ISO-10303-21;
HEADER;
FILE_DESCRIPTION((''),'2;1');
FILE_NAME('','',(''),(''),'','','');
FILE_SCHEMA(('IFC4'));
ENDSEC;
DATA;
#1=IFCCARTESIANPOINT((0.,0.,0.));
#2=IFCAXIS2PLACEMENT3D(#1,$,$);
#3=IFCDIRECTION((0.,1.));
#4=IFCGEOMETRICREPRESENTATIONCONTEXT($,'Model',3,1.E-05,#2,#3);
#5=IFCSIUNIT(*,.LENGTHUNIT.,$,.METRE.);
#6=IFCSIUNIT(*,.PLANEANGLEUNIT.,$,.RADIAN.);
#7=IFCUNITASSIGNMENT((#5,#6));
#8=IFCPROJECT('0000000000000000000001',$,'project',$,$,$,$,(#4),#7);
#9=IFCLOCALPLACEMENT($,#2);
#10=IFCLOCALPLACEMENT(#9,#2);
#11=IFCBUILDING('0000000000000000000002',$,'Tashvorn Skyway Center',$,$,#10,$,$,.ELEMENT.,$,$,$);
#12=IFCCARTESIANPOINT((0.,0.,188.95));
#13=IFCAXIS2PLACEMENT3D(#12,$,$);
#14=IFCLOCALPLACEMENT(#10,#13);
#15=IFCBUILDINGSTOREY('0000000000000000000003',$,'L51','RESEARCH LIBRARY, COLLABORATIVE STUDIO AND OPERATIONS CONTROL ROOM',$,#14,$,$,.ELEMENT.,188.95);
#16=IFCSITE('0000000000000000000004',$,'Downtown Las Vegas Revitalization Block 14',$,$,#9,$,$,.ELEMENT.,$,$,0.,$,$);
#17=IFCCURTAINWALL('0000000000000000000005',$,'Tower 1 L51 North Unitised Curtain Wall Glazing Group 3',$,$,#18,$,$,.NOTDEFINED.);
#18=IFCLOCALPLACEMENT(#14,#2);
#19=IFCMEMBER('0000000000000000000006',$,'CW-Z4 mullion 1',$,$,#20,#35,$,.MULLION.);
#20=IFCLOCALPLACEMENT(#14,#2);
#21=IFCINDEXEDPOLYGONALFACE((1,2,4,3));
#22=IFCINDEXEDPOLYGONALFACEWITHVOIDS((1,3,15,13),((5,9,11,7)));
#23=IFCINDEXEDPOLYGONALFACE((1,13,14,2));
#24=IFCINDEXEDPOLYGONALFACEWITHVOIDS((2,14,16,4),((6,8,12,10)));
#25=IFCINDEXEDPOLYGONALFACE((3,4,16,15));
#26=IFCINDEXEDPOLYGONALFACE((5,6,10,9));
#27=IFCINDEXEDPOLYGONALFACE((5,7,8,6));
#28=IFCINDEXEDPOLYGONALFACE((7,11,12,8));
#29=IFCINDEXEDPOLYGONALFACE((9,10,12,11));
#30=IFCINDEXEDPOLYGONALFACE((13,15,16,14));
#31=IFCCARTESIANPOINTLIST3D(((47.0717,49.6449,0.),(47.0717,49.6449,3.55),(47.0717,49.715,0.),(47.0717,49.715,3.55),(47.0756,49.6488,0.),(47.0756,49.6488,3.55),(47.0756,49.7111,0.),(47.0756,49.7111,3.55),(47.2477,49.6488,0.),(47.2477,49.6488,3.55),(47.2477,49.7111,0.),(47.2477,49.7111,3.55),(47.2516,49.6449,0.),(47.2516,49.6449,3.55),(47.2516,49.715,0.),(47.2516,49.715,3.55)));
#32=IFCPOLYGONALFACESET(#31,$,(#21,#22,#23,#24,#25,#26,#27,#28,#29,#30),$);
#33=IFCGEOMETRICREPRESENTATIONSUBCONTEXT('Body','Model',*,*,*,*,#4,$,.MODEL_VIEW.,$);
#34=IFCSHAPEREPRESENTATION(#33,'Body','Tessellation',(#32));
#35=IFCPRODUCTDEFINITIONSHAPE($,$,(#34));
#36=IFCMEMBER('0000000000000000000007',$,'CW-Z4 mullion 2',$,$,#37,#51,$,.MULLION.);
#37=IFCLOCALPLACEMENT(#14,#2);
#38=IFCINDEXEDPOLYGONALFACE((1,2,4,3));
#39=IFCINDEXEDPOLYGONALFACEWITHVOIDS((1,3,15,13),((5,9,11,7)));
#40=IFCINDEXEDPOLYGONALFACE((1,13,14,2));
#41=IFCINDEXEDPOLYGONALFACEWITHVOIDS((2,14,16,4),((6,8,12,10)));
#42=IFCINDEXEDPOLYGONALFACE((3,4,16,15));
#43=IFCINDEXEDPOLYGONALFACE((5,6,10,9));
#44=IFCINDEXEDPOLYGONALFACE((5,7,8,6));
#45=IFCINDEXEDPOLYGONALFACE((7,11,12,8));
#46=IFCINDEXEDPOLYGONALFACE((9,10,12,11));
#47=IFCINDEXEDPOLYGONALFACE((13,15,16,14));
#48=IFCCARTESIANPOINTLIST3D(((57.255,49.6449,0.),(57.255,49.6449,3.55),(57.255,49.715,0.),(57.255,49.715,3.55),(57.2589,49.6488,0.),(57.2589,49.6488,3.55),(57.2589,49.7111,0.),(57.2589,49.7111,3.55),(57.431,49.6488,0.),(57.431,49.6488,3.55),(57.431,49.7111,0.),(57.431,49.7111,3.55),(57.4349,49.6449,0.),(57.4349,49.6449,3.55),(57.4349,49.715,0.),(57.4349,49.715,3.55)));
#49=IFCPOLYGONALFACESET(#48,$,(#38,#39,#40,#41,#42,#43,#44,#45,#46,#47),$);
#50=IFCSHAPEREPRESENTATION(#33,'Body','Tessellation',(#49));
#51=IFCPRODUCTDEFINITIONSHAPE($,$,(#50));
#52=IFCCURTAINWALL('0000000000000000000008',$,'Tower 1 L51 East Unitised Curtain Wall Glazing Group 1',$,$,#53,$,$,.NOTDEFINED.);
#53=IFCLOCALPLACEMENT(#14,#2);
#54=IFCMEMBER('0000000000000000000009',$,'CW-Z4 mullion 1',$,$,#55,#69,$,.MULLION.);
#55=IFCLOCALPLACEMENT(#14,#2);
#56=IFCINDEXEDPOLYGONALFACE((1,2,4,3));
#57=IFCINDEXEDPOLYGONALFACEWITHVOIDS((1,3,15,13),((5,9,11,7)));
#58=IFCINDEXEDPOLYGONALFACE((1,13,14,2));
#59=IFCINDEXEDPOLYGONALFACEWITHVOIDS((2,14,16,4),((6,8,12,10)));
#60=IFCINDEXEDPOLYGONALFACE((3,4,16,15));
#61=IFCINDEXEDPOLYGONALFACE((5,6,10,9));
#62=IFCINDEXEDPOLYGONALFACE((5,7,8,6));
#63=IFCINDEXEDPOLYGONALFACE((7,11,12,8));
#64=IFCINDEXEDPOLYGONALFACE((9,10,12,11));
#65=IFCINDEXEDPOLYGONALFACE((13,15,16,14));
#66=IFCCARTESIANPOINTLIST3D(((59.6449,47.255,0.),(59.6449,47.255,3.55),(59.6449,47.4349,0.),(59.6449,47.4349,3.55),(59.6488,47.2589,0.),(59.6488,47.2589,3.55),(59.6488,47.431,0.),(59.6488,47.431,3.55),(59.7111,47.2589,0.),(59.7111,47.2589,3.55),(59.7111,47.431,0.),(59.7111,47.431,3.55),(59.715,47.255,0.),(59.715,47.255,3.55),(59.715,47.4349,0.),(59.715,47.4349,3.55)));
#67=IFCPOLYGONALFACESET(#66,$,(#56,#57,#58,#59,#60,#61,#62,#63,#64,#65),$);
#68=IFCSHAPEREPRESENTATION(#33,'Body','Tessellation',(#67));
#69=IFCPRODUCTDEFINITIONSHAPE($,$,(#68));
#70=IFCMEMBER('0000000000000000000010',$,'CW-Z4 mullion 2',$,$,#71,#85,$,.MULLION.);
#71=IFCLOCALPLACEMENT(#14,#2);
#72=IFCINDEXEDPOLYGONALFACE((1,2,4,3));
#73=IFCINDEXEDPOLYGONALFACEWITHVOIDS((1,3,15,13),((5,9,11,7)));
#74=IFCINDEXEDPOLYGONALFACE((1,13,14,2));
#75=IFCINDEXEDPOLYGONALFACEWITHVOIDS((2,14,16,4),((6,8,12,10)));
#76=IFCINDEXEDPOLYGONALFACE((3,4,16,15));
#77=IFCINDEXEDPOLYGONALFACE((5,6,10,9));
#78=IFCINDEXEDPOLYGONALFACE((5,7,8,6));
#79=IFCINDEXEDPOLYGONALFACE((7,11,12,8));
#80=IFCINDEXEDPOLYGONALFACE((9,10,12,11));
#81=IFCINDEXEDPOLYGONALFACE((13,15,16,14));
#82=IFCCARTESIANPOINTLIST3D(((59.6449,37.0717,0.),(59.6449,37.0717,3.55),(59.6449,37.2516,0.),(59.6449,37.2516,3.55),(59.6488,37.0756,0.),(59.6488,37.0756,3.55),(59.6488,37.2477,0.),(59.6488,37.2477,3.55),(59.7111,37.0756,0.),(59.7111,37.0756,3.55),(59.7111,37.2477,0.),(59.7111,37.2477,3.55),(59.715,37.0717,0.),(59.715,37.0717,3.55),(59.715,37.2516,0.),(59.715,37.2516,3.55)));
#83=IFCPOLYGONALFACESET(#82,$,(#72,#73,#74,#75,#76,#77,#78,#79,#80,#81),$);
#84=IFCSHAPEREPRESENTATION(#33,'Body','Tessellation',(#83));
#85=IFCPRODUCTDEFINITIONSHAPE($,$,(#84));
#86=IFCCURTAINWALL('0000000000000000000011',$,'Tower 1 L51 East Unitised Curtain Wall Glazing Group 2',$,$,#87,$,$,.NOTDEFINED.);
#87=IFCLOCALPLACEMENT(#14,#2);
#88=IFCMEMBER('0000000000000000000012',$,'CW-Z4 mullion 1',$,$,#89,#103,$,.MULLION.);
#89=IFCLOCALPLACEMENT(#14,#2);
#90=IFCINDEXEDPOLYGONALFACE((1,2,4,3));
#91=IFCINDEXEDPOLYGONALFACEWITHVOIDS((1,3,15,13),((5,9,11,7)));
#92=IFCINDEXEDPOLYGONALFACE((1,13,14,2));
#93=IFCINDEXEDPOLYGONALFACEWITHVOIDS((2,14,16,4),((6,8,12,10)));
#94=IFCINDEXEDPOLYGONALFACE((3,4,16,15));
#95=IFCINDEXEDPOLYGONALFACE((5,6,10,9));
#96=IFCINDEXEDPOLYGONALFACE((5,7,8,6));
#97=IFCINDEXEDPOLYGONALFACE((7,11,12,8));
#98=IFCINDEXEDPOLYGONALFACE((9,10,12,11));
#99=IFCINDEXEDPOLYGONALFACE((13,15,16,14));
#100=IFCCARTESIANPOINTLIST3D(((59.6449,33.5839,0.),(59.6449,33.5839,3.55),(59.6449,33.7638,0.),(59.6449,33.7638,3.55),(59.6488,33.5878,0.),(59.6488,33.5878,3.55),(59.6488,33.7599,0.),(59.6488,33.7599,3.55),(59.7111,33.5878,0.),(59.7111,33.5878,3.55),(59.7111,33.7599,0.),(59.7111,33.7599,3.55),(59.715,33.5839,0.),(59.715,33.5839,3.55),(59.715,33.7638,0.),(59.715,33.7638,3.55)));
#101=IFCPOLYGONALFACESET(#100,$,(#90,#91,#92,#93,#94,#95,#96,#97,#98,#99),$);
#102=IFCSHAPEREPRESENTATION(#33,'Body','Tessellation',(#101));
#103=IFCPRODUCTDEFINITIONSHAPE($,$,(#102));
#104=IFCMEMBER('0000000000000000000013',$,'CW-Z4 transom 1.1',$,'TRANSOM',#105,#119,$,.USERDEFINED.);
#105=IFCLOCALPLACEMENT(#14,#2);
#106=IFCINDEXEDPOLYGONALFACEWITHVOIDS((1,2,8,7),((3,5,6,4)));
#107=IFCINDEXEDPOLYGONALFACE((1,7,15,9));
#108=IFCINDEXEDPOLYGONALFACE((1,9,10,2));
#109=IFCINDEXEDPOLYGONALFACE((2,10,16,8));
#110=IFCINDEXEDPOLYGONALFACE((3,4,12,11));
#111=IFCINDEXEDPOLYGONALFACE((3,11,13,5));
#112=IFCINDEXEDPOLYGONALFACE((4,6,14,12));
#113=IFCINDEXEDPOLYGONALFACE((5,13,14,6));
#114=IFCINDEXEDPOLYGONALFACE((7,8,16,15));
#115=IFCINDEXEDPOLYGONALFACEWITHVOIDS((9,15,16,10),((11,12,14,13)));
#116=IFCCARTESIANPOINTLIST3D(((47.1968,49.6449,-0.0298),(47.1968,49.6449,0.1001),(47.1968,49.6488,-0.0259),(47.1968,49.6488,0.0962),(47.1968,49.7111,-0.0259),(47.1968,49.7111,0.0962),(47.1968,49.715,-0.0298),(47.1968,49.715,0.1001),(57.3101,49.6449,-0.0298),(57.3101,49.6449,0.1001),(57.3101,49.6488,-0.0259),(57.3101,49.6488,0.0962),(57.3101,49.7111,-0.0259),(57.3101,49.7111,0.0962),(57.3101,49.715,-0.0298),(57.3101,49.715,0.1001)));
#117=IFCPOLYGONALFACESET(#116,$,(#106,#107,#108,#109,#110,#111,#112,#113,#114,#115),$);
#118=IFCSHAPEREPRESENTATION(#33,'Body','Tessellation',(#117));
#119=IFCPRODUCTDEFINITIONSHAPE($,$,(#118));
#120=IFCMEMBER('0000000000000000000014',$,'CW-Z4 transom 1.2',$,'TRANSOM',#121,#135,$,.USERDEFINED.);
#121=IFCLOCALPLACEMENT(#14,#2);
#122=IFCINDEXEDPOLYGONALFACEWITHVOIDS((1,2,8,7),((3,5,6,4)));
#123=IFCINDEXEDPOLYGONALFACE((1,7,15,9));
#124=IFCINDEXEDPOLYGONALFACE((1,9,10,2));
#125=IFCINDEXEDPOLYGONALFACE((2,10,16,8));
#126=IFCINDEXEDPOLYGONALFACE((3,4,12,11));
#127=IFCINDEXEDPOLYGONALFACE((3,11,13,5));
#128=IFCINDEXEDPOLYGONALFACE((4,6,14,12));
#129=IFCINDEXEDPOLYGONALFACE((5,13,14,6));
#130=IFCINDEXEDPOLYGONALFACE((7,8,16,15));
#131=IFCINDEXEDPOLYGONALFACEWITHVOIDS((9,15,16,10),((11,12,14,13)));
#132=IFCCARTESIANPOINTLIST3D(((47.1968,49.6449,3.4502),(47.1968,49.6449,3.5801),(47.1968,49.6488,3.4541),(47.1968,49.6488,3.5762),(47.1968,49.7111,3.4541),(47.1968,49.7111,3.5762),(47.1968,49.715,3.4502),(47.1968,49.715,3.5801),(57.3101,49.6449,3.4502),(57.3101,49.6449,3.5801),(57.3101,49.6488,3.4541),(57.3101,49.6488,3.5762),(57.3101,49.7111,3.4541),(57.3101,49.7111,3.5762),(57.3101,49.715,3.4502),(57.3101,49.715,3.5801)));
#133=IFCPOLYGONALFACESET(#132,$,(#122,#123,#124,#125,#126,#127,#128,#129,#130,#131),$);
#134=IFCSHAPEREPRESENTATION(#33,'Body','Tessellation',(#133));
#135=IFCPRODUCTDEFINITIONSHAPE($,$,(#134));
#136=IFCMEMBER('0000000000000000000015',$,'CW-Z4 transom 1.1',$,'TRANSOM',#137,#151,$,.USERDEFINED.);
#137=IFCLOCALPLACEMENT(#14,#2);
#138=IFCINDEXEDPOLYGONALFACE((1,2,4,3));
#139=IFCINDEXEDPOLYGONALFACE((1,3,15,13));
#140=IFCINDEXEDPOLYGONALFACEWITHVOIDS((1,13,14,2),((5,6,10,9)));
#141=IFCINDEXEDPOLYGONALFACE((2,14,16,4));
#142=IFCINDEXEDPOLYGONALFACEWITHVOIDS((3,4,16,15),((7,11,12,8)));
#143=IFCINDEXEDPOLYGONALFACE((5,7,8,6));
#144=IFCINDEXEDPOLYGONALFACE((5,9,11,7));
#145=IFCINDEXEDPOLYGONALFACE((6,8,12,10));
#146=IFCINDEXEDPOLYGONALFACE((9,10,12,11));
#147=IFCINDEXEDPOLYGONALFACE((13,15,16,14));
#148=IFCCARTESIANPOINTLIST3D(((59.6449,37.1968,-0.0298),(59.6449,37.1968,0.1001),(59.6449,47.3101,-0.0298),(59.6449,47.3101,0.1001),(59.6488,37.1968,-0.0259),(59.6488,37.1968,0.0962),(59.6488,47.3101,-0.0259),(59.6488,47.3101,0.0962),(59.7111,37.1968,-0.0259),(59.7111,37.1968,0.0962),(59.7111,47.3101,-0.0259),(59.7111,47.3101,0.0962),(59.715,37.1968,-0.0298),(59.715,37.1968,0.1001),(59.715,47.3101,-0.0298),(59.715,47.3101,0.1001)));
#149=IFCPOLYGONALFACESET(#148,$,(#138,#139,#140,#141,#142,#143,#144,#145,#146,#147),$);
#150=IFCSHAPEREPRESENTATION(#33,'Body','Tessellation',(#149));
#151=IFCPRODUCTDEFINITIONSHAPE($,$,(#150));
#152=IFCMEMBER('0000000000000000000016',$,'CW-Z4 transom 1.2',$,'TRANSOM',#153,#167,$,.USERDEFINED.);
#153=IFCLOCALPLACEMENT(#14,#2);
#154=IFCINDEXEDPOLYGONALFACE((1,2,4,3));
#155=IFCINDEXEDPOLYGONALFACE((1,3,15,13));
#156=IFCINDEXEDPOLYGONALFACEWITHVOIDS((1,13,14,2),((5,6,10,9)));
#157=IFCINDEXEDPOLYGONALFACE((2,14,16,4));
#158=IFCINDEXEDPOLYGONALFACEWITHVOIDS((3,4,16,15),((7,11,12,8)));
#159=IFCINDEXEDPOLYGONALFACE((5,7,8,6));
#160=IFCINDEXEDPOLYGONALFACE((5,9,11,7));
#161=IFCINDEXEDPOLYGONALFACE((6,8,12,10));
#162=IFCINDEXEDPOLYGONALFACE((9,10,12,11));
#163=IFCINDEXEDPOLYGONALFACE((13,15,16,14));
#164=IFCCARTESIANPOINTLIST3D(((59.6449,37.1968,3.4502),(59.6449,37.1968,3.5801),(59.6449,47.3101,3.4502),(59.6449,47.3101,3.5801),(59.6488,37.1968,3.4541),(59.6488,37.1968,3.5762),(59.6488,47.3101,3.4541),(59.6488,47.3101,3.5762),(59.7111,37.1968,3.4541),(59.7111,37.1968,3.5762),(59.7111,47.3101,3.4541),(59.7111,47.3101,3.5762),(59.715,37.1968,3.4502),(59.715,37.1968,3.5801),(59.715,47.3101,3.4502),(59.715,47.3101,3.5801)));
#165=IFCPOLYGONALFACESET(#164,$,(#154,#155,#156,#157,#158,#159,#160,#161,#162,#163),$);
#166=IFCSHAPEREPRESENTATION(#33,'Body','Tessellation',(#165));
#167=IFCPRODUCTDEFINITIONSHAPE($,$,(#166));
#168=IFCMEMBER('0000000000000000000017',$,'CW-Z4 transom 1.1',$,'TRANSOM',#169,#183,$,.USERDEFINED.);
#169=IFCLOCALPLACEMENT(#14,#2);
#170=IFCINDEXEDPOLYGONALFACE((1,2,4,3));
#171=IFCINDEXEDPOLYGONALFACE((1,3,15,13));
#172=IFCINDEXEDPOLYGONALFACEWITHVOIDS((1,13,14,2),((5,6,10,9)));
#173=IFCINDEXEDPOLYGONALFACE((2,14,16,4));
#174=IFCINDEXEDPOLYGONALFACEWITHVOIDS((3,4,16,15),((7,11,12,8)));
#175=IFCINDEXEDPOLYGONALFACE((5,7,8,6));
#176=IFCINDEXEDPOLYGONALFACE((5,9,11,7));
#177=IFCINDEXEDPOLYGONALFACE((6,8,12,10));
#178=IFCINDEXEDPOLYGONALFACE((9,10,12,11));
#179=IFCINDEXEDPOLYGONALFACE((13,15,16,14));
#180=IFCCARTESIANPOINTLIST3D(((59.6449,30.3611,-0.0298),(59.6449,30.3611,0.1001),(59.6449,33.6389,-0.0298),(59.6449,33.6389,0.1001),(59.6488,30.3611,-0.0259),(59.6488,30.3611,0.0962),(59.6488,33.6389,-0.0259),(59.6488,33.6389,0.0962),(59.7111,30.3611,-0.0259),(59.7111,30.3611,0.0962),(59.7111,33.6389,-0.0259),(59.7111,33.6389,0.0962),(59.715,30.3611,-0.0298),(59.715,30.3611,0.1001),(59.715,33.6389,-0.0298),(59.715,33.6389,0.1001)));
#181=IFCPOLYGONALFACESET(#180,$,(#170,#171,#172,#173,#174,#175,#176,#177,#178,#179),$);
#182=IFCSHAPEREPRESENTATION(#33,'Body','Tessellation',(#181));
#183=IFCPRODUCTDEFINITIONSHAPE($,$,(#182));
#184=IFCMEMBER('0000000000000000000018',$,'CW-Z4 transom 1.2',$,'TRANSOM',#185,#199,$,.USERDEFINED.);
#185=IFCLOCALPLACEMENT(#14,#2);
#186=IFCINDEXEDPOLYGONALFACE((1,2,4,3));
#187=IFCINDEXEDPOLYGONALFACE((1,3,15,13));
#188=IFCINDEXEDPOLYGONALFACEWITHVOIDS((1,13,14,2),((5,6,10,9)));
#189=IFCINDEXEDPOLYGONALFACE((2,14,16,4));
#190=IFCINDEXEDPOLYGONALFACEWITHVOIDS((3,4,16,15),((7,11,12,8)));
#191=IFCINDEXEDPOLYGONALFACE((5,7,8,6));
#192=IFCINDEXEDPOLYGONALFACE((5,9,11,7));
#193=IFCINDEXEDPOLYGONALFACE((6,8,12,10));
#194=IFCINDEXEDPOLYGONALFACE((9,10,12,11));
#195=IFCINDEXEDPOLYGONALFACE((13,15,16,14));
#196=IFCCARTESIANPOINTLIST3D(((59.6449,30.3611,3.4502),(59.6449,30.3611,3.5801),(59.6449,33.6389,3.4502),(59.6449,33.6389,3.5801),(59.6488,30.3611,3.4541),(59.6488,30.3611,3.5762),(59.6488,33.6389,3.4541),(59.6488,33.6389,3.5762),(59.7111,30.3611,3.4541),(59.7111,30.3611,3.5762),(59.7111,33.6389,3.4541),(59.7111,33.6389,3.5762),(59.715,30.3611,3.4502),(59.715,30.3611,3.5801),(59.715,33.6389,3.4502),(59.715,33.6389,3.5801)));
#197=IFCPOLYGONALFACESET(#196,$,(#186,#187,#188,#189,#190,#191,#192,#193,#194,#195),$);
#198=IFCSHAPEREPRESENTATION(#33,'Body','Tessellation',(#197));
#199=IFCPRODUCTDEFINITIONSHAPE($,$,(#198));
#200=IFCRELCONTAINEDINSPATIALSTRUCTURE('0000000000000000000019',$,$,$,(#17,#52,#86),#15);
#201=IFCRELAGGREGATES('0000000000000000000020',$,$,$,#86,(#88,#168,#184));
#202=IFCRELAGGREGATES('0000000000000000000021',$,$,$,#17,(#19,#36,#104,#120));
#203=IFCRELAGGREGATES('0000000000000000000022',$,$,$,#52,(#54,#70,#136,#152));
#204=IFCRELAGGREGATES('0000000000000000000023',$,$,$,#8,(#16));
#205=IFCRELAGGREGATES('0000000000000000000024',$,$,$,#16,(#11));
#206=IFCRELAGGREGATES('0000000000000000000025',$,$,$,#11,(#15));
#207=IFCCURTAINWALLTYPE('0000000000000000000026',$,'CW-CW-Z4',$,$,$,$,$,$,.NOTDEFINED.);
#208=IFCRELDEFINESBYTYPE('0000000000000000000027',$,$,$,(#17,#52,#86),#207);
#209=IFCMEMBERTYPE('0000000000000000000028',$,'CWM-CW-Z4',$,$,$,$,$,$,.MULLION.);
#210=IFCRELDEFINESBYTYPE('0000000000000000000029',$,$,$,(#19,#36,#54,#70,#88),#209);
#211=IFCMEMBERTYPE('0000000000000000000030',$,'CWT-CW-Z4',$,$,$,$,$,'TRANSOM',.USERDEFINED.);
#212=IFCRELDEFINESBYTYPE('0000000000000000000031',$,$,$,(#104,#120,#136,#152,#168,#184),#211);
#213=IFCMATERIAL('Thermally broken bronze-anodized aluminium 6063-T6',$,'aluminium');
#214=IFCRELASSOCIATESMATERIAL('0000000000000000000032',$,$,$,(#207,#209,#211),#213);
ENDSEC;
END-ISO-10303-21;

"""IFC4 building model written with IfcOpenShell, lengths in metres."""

from ifc_helpers import new_model, si_unit, direction, frame, origin, origin_2d, place, context, subcontext, project, spatial, hollow_rectangle, extrude, material, material_profile, profile_set, type_object, element, aggregate, save


model = new_model("IFC4")

# Units and contexts
model_context = context("Model", 3, precision=1e-05, world=origin(), true_north=direction((0.0, 1.0)))
body_context = subcontext(model_context, "Body", "Model", "MODEL_VIEW")
ifc_project = project(units=[si_unit("LENGTHUNIT", "METRE"), si_unit("PLANEANGLEUNIT", "RADIAN")], contexts=[model_context])

# Site, building, storey
site_placement = place(None, origin())
site = spatial("IfcSite", under=ifc_project, at=site_placement, Name="Downtown Las Vegas Revitalization Block 14", CompositionType="ELEMENT", RefElevation=0.0)
building_placement = place(site_placement, origin())
building = spatial("IfcBuilding", under=site, at=building_placement, Name="Tashvorn Skyway Center", CompositionType="ELEMENT")
storey_placement = place(building_placement, frame((0.0, 0.0, 188.95)))
storey = spatial("IfcBuildingStorey", under=building, at=storey_placement, Name="L51", Description="RESEARCH LIBRARY, COLLABORATIVE STUDIO AND OPERATIONS CONTROL ROOM", CompositionType="ELEMENT", Elevation=188.95)

# Curtain walls, members
ifc_material_1 = material(Name="Thermally broken bronze-anodized aluminium 6063-T6", Category="aluminium")
curtain_wall_type = type_object("IfcCurtainWallType", Name="CW-CW-Z4", PredefinedType="NOTDEFINED", material=ifc_material_1)
curtain_wall_1_placement = place(storey_placement, origin())
curtain_wall_1 = element("IfcCurtainWall", 1, at=curtain_wall_1_placement, inside=storey, type_object=curtain_wall_type, Name="Tower 1 L51 North Unitised Curtain Wall Glazing Group 3", PredefinedType="NOTDEFINED")
ifc_material_profile_1 = material_profile(ifc_material_1, hollow_rectangle(XDim=0.0701, YDim=0.1799, WallThickness=0.0039, at=origin_2d()), Name="ALU-MULL-70x180")
ifc_profile_set_1 = profile_set([ifc_material_profile_1], Name="Thermally broken bronze-anodized aluminium 6063-T6")
member_type_1 = type_object("IfcMemberType", Name="CWM-CW-Z4", PredefinedType="MULLION", material=ifc_profile_set_1)
member_1_placement = place(storey_placement, frame((47.1616, 49.6799, 0.0), z_axis=(0.0, 0.0, 1.0), x_axis=(0.0, 1.0, 0.0)))
member_1 = element("IfcMember", 2, at=member_1_placement, type_object=member_type_1, Name="CW-Z4 mullion 1", PredefinedType="MULLION", context=body_context, shape_type="SweptSolid", body=[
    extrude(hollow_rectangle(XDim=0.0701, YDim=0.1799, WallThickness=0.0039, at=origin_2d()), origin(), (0.0, 0.0, 1.0), 3.55),
])
member_2_placement = place(storey_placement, frame((57.345, 49.6799, 0.0), z_axis=(0.0, 0.0, 1.0), x_axis=(0.0, 1.0, 0.0)))
member_2 = element("IfcMember", 3, at=member_2_placement, type_object=member_type_1, Name="CW-Z4 mullion 2", PredefinedType="MULLION", context=body_context, shape_type="SweptSolid", body=[
    extrude(hollow_rectangle(XDim=0.0701, YDim=0.1799, WallThickness=0.0039, at=origin_2d()), origin(), (0.0, 0.0, 1.0), 3.55),
])
curtain_wall_2_placement = place(storey_placement, origin())
curtain_wall_2 = element("IfcCurtainWall", 4, at=curtain_wall_2_placement, inside=storey, type_object=curtain_wall_type, Name="Tower 1 L51 East Unitised Curtain Wall Glazing Group 1", PredefinedType="NOTDEFINED")
member_3_placement = place(storey_placement, frame((59.6799, 47.345, 0.0), z_axis=(0.0, 0.0, 1.0), x_axis=(1.0, 0.0, 0.0)))
member_3 = element("IfcMember", 5, at=member_3_placement, type_object=member_type_1, Name="CW-Z4 mullion 1", PredefinedType="MULLION", context=body_context, shape_type="SweptSolid", body=[
    extrude(hollow_rectangle(XDim=0.0701, YDim=0.1799, WallThickness=0.0039, at=origin_2d()), origin(), (0.0, 0.0, 1.0), 3.55),
])
member_4_placement = place(storey_placement, frame((59.6799, 37.1616, 0.0), z_axis=(0.0, 0.0, 1.0), x_axis=(1.0, 0.0, 0.0)))
member_4 = element("IfcMember", 6, at=member_4_placement, type_object=member_type_1, Name="CW-Z4 mullion 2", PredefinedType="MULLION", context=body_context, shape_type="SweptSolid", body=[
    extrude(hollow_rectangle(XDim=0.0701, YDim=0.1799, WallThickness=0.0039, at=origin_2d()), origin(), (0.0, 0.0, 1.0), 3.55),
])

# Curtain wall, member
curtain_wall_3_placement = place(storey_placement, origin())
curtain_wall_3 = element("IfcCurtainWall", 7, at=curtain_wall_3_placement, inside=storey, type_object=curtain_wall_type, Name="Tower 1 L51 East Unitised Curtain Wall Glazing Group 2", PredefinedType="NOTDEFINED")
member_5_placement = place(storey_placement, frame((59.6799, 33.6738, 0.0), z_axis=(0.0, 0.0, 1.0), x_axis=(1.0, 0.0, 0.0)))
member_5 = element("IfcMember", 8, at=member_5_placement, type_object=member_type_1, Name="CW-Z4 mullion 1", PredefinedType="MULLION", context=body_context, shape_type="SweptSolid", body=[
    extrude(hollow_rectangle(XDim=0.0701, YDim=0.1799, WallThickness=0.0039, at=origin_2d()), origin(), (0.0, 0.0, 1.0), 3.55),
])

# Members
ifc_material_profile_2 = material_profile(ifc_material_1, hollow_rectangle(XDim=0.0701, YDim=0.1299, WallThickness=0.0039, at=origin_2d()), Name="ALU-TRAN-70x130")
ifc_profile_set_2 = profile_set([ifc_material_profile_2], Name="Thermally broken bronze-anodized aluminium 6063-T6")
member_type_2 = type_object("IfcMemberType", Name="CWT-CW-Z4", ElementType="TRANSOM", PredefinedType="USERDEFINED", material=ifc_profile_set_2)
member_6_placement = place(storey_placement, frame((47.1968, 49.6799, 0.0352), z_axis=(1.0, 0.0, 0.0), x_axis=(0.0, 1.0, 0.0)))
member_6 = element("IfcMember", 9, at=member_6_placement, type_object=member_type_2, Name="CW-Z4 transom 1.1", ObjectType="TRANSOM", PredefinedType="USERDEFINED", context=body_context, shape_type="SweptSolid", body=[
    extrude(hollow_rectangle(XDim=0.0701, YDim=0.1299, WallThickness=0.0039, at=origin_2d()), origin(), (0.0, 0.0, 1.0), 10.1133),
])
member_7_placement = place(storey_placement, frame((47.1968, 49.6799, 3.5151), z_axis=(1.0, 0.0, 0.0), x_axis=(0.0, 1.0, 0.0)))
member_7 = element("IfcMember", 10, at=member_7_placement, type_object=member_type_2, Name="CW-Z4 transom 1.2", ObjectType="TRANSOM", PredefinedType="USERDEFINED", context=body_context, shape_type="SweptSolid", body=[
    extrude(hollow_rectangle(XDim=0.0701, YDim=0.1299, WallThickness=0.0039, at=origin_2d()), origin(), (0.0, 0.0, 1.0), 10.1133),
])
member_8_placement = place(storey_placement, frame((59.6799, 47.3101, 0.0352), z_axis=(0.0, -1.0, 0.0), x_axis=(1.0, 0.0, 0.0)))
member_8 = element("IfcMember", 11, at=member_8_placement, type_object=member_type_2, Name="CW-Z4 transom 1.1", ObjectType="TRANSOM", PredefinedType="USERDEFINED", context=body_context, shape_type="SweptSolid", body=[
    extrude(hollow_rectangle(XDim=0.0701, YDim=0.1299, WallThickness=0.0039, at=origin_2d()), origin(), (0.0, 0.0, 1.0), 10.1133),
])
member_9_placement = place(storey_placement, frame((59.6799, 47.3101, 3.5151), z_axis=(0.0, -1.0, 0.0), x_axis=(1.0, 0.0, 0.0)))
member_9 = element("IfcMember", 12, at=member_9_placement, type_object=member_type_2, Name="CW-Z4 transom 1.2", ObjectType="TRANSOM", PredefinedType="USERDEFINED", context=body_context, shape_type="SweptSolid", body=[
    extrude(hollow_rectangle(XDim=0.0701, YDim=0.1299, WallThickness=0.0039, at=origin_2d()), origin(), (0.0, 0.0, 1.0), 10.1133),
])
member_10_placement = place(storey_placement, frame((59.6799, 33.6389, 0.0352), z_axis=(0.0, -1.0, 0.0), x_axis=(1.0, 0.0, 0.0)))
member_10 = element("IfcMember", 13, at=member_10_placement, type_object=member_type_2, Name="CW-Z4 transom 1.1", ObjectType="TRANSOM", PredefinedType="USERDEFINED", context=body_context, shape_type="SweptSolid", body=[
    extrude(hollow_rectangle(XDim=0.0701, YDim=0.1299, WallThickness=0.0039, at=origin_2d()), origin(), (0.0, 0.0, 1.0), 3.2778),
])
member_11_placement = place(storey_placement, frame((59.6799, 33.6389, 3.5151), z_axis=(0.0, -1.0, 0.0), x_axis=(1.0, 0.0, 0.0)))
member_11 = element("IfcMember", 14, at=member_11_placement, type_object=member_type_2, Name="CW-Z4 transom 1.2", ObjectType="TRANSOM", PredefinedType="USERDEFINED", context=body_context, shape_type="SweptSolid", body=[
    extrude(hollow_rectangle(XDim=0.0701, YDim=0.1299, WallThickness=0.0039, at=origin_2d()), origin(), (0.0, 0.0, 1.0), 3.2778),
])
aggregate(curtain_wall_3, [member_5, member_10, member_11])

aggregate(curtain_wall_1, [member_1, member_2, member_6, member_7])
aggregate(curtain_wall_2, [member_3, member_4, member_8, member_9])

save(model, "model.ifc")
